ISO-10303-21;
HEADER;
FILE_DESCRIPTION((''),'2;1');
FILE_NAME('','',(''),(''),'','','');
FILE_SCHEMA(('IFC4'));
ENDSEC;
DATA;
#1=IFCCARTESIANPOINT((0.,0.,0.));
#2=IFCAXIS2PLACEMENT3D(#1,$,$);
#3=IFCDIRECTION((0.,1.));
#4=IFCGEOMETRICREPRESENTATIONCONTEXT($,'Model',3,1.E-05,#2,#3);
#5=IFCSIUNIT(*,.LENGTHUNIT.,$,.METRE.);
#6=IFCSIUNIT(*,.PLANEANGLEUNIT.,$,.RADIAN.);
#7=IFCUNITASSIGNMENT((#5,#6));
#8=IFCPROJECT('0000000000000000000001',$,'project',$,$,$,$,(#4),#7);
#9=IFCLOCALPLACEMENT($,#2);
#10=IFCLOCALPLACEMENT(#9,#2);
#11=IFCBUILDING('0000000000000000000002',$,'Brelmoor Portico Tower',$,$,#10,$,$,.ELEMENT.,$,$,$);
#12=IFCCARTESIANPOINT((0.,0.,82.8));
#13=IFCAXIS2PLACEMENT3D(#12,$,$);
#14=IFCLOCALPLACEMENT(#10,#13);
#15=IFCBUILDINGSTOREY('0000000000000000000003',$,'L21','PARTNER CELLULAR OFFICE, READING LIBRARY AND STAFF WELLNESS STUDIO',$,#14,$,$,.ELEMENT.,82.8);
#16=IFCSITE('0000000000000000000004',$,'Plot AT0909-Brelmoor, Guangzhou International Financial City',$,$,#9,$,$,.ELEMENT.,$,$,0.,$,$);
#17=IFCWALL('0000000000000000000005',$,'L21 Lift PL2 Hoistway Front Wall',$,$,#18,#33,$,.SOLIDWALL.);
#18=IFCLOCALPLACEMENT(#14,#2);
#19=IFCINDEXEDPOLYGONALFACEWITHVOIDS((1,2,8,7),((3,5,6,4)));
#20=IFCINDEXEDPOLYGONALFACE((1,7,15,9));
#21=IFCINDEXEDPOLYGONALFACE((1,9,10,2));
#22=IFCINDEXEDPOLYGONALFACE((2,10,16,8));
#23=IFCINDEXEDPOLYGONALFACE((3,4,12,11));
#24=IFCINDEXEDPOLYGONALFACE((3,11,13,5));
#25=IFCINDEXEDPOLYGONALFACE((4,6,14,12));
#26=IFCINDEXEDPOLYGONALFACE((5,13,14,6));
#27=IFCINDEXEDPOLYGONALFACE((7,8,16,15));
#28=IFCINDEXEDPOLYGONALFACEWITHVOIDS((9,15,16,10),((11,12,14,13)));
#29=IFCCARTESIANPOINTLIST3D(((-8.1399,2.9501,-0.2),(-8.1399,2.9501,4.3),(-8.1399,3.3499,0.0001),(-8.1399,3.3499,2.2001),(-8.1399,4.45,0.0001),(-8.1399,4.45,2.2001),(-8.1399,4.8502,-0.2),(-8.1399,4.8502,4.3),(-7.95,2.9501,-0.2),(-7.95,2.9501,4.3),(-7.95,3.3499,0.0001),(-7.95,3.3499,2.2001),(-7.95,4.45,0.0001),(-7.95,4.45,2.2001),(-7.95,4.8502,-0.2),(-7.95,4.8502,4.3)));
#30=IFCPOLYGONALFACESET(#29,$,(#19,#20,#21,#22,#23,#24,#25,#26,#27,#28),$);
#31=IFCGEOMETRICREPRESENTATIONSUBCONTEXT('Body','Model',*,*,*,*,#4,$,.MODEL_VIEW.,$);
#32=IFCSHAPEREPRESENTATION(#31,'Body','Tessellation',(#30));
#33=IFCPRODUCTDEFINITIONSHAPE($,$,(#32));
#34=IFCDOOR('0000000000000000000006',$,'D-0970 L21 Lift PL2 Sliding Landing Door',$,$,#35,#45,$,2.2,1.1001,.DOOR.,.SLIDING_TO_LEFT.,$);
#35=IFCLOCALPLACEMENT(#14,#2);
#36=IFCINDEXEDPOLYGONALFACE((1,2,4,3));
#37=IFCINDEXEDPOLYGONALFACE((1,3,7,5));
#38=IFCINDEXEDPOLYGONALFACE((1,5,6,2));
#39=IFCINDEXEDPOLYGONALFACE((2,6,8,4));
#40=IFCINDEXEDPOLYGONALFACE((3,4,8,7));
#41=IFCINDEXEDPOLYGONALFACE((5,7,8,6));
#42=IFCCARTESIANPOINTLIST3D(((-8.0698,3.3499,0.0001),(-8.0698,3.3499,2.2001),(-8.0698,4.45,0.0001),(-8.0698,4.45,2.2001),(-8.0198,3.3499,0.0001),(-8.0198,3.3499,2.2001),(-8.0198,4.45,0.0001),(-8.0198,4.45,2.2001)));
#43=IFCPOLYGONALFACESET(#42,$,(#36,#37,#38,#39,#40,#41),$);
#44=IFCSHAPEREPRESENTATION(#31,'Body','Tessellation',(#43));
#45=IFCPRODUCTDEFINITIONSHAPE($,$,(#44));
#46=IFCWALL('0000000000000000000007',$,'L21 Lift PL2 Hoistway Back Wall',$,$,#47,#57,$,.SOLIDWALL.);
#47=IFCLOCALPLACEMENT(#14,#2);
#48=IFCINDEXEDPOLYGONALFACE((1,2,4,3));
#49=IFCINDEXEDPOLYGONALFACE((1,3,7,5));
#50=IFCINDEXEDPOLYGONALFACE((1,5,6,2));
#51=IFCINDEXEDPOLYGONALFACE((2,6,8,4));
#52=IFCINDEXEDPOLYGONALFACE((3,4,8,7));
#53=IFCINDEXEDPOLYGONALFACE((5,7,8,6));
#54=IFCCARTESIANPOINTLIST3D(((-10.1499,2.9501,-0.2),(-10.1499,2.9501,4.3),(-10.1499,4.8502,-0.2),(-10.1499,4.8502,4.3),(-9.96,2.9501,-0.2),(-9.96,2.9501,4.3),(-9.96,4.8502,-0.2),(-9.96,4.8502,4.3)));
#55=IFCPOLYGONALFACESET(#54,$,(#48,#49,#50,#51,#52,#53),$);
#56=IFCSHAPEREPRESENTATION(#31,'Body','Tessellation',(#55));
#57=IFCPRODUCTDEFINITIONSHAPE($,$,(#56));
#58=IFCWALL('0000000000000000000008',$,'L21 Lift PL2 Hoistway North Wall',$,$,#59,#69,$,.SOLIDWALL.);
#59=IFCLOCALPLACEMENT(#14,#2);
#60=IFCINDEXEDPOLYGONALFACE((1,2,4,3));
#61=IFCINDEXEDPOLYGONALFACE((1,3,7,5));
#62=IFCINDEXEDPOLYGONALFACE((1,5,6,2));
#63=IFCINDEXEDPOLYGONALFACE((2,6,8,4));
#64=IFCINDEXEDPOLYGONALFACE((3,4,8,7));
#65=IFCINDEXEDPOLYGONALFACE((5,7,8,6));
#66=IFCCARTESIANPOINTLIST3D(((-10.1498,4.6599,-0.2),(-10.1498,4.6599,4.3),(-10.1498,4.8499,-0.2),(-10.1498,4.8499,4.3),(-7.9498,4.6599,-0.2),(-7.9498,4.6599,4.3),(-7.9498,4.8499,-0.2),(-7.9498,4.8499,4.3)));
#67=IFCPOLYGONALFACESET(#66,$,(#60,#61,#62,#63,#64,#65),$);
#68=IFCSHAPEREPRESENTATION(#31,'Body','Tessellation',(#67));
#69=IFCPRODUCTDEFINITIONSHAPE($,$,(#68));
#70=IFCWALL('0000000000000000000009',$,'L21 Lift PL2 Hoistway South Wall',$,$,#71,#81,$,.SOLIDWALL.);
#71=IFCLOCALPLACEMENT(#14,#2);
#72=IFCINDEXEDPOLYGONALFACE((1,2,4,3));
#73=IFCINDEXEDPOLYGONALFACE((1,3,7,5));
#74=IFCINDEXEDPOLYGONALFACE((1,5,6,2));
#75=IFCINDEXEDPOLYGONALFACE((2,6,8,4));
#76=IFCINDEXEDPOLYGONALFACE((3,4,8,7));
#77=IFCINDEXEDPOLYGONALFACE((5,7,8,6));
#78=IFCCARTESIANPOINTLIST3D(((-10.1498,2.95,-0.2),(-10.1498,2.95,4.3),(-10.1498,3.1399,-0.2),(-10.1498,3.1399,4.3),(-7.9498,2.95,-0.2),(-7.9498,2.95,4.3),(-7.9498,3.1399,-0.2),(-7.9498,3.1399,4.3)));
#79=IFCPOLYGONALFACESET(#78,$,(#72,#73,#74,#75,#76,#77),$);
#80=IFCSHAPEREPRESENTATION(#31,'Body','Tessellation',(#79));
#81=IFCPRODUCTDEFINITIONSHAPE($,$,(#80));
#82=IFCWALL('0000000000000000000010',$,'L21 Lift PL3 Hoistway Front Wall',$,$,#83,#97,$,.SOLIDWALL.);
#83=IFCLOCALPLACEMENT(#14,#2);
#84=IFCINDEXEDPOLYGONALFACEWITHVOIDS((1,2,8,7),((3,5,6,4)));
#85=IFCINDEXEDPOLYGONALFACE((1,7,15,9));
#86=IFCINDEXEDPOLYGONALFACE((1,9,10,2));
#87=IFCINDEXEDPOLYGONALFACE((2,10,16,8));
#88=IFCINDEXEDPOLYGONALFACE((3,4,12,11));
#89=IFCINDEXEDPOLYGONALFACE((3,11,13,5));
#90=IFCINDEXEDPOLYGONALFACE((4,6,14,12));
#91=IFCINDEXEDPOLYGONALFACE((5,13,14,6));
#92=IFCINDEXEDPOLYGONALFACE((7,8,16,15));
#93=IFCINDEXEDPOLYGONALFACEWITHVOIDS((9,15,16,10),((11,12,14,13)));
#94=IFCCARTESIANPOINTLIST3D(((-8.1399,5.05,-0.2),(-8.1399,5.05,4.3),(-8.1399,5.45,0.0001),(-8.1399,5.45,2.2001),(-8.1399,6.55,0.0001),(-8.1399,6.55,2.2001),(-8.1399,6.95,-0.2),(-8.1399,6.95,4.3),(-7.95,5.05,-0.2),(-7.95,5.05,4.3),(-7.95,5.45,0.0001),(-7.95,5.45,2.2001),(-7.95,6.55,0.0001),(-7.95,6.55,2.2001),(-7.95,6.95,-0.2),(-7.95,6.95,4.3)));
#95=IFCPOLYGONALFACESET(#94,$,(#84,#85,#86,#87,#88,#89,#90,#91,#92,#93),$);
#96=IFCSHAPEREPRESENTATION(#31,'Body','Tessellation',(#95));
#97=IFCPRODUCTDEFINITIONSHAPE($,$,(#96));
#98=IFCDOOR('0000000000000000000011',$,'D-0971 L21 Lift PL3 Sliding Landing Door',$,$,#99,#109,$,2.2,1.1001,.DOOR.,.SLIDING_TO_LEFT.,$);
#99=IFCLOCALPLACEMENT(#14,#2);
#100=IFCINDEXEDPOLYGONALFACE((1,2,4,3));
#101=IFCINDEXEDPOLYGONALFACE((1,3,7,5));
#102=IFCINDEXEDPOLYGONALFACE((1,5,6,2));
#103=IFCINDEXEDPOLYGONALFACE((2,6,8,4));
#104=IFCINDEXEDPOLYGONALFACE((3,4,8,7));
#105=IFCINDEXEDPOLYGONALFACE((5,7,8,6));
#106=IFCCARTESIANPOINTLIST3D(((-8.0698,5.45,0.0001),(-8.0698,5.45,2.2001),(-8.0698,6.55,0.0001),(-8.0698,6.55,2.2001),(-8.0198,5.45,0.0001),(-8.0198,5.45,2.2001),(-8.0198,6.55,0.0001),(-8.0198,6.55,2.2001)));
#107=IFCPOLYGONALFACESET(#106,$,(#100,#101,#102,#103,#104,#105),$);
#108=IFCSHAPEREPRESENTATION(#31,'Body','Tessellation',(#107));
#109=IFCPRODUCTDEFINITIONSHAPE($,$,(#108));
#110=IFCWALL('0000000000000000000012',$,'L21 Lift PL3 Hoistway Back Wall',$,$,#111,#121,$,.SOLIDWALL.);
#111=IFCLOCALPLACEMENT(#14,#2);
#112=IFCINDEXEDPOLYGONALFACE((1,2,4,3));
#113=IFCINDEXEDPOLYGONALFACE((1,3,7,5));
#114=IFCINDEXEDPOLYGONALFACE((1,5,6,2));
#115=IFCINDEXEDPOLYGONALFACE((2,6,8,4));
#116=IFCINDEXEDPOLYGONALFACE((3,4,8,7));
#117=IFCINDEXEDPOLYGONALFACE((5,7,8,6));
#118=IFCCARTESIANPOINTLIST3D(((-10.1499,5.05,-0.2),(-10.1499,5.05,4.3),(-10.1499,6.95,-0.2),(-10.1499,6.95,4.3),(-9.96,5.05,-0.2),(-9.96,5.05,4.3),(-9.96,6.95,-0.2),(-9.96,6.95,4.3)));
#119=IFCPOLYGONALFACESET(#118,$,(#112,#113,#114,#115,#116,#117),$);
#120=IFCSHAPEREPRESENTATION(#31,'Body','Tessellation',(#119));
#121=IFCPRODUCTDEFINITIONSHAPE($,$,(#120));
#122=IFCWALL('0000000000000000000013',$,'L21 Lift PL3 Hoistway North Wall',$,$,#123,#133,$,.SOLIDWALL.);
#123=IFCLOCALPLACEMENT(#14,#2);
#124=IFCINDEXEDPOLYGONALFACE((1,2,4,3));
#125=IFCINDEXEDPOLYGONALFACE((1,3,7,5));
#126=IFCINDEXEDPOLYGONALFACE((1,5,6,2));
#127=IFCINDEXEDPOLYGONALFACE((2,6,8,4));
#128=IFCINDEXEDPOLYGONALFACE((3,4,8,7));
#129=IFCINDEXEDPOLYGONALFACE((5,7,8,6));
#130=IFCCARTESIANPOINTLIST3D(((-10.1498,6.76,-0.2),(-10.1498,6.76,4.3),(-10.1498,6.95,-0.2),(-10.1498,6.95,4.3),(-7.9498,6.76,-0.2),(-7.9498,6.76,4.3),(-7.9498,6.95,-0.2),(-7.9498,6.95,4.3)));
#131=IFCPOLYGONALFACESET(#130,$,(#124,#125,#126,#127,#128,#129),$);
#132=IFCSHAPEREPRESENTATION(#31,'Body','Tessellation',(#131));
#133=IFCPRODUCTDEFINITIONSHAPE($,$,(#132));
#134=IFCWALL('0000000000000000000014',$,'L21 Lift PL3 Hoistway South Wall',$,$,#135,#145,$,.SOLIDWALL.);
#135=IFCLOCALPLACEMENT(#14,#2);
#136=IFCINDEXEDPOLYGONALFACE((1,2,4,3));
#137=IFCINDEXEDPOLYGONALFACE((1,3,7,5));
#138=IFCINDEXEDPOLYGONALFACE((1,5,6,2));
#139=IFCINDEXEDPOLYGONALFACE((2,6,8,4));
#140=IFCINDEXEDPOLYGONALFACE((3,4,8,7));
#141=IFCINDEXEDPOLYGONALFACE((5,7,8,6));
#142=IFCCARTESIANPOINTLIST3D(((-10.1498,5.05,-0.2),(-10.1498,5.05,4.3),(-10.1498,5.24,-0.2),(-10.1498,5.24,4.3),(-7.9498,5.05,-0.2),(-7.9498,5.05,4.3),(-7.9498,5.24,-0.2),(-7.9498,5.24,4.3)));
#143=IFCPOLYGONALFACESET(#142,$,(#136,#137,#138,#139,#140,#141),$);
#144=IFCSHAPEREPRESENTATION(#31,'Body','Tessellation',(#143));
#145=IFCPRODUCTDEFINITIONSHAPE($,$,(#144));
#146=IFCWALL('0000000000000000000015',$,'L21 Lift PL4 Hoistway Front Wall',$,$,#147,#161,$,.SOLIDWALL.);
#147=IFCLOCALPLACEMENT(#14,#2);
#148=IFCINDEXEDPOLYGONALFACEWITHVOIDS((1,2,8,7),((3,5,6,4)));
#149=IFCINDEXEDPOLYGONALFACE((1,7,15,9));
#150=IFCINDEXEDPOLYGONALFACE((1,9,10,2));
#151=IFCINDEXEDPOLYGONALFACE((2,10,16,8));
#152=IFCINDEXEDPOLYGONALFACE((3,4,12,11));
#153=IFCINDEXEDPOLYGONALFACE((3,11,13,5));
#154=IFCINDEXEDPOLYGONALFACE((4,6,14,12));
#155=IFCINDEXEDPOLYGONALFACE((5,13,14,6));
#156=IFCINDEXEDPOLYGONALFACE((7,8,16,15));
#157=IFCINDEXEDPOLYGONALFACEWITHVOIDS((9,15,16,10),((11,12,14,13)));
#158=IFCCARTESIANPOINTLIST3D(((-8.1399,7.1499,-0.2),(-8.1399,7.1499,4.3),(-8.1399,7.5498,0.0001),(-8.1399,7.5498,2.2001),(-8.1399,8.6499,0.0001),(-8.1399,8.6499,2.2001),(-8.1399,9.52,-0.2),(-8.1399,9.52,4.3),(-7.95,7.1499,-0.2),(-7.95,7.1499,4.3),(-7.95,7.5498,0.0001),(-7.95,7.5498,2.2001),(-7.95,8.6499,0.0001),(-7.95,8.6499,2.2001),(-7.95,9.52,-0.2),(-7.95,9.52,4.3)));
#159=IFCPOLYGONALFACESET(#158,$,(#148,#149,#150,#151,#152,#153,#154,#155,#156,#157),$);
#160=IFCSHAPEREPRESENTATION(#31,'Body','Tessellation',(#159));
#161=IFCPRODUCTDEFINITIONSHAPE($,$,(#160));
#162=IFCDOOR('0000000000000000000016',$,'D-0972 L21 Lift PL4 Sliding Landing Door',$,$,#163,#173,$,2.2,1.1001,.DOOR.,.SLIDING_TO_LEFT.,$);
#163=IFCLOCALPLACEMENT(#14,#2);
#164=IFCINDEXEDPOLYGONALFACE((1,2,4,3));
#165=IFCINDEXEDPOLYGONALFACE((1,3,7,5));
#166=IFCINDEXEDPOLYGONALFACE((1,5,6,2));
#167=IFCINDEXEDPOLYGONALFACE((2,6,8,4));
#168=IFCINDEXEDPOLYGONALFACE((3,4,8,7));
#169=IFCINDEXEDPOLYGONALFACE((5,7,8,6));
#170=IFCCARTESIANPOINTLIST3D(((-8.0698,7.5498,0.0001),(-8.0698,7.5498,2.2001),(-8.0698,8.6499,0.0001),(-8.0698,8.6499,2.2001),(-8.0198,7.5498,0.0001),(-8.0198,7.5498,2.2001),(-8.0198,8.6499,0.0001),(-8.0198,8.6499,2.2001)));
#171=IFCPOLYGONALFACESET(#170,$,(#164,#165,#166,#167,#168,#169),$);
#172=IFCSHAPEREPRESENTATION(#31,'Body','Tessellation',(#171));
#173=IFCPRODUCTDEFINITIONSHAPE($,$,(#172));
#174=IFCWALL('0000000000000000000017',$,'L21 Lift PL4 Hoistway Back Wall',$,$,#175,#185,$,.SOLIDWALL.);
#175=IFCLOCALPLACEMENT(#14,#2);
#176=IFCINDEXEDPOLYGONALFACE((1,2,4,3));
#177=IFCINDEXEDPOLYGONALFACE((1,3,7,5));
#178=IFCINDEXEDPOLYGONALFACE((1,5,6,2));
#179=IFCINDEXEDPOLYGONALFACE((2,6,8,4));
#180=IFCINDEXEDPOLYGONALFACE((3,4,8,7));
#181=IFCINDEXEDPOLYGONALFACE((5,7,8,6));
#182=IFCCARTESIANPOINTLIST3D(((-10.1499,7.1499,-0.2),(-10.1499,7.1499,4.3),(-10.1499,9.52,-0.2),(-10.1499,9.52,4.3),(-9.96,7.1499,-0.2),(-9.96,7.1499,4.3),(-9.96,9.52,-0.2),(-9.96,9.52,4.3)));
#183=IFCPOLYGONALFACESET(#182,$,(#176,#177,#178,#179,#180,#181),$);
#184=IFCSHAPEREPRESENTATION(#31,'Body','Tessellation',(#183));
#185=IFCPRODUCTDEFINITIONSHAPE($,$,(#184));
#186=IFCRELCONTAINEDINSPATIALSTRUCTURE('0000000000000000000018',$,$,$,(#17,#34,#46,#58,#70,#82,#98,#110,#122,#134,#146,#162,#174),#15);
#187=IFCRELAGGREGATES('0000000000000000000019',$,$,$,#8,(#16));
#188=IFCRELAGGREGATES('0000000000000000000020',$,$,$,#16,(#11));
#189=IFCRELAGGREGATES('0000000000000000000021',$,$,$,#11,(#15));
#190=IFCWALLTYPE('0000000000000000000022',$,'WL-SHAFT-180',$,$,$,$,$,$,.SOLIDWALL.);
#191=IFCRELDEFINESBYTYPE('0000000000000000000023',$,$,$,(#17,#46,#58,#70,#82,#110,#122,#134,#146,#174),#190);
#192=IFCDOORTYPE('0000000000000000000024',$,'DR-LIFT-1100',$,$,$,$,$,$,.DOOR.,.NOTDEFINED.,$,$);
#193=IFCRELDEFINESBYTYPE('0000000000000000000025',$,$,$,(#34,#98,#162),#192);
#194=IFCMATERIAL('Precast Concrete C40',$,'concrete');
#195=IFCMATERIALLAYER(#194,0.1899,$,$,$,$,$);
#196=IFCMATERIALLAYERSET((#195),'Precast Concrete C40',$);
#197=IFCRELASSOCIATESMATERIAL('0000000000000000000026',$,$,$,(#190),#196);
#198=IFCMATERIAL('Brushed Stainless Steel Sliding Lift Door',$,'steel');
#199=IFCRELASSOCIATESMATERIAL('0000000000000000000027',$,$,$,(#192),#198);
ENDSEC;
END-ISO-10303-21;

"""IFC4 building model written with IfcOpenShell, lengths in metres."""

from ifc_helpers import new_model, si_unit, direction, frame, frame_2d, origin, place, context, subcontext, project, spatial, rectangle, extrude, material, layer, layer_set, type_object, element, fill, save


model = new_model("IFC4")

# Units and contexts
model_context = context("Model", 3, precision=1e-05, world=origin(), true_north=direction((0.0, 1.0)))
body_context = subcontext(model_context, "Body", "Model", "MODEL_VIEW")
ifc_project = project(units=[si_unit("LENGTHUNIT", "METRE"), si_unit("PLANEANGLEUNIT", "RADIAN")], contexts=[model_context])

# Site, building, storey
site_placement = place(None, origin())
site = spatial("IfcSite", under=ifc_project, at=site_placement, Name="Plot AT0909-Brelmoor, Guangzhou International Financial City", CompositionType="ELEMENT", RefElevation=0.0)
building_placement = place(site_placement, origin())
building = spatial("IfcBuilding", under=site, at=building_placement, Name="Brelmoor Portico Tower", CompositionType="ELEMENT")
storey_placement = place(building_placement, frame((0.0, 0.0, 82.8)))
storey = spatial("IfcBuildingStorey", under=building, at=storey_placement, Name="L21", Description="PARTNER CELLULAR OFFICE, READING LIBRARY AND STAFF WELLNESS STUDIO", CompositionType="ELEMENT", Elevation=82.8)

# Shared definitions
ifc_material_1 = material(Name="Precast Concrete C40", Category="concrete")
ifc_layer_1 = layer(ifc_material_1, 0.1899)
ifc_layer_set_1 = layer_set([ifc_layer_1], Name="Precast Concrete C40")
wall_type_1 = type_object("IfcWallType", Name="WL-SHAFT-180", PredefinedType="SOLIDWALL", material=ifc_layer_set_1)
ifc_material_2 = material(Name="Brushed Stainless Steel Sliding Lift Door", Category="steel")
door_type = type_object("IfcDoorType", Name="DR-LIFT-1100", OperationType="NOTDEFINED", PredefinedType="DOOR", material=ifc_material_2)

# Wall, opening, door
wall_1_placement = place(storey_placement, frame((-8.0449, 2.95, -0.2), z_axis=(0.0, 0.0, 1.0), x_axis=(0.0, 1.0, 0.0)))
wall_1 = element("IfcWall", 1, at=wall_1_placement, inside=storey, type_object=wall_type_1, Name="L21 Lift PL2 Hoistway Front Wall", PredefinedType="SOLIDWALL", context=body_context, shape_type="SweptSolid", body=[
    extrude(rectangle(XDim=1.9001, YDim=0.1899, at=frame_2d((0.9502, 0.0))), origin(), (0.0, 0.0, 1.0), 4.5),
])
opening_1_placement = place(wall_1_placement, frame((0.3999, 0.0, 0.2)))
opening_1 = element("IfcOpeningElement", 2, at=opening_1_placement, cuts=wall_1, PredefinedType="OPENING", context=body_context, shape_type="SweptSolid", body=[
    extrude(rectangle(XDim=1.1001, YDim=2.2, at=frame_2d((0.55, 1.1001))), frame((0.0, 0.105, 0.0), z_axis=(0.0, -1.0, 0.0), x_axis=(1.0, 0.0, 0.0)), (0.0, 0.0, 1.0), 0.21),
])
door_1_placement = place(opening_1_placement, origin())
door_1 = element("IfcDoor", 3, at=door_1_placement, inside=storey, type_object=door_type, Name="D-0970 L21 Lift PL2 Sliding Landing Door", OperationType="SLIDING_TO_LEFT", OverallHeight=2.2, OverallWidth=1.1001, PredefinedType="DOOR", context=body_context, shape_type="SweptSolid", body=[
    extrude(rectangle(XDim=1.1001, YDim=2.2, at=frame_2d((0.55, 1.1001))), frame((0.0, 0.0249, 0.0), z_axis=(0.0, -1.0, 0.0), x_axis=(1.0, 0.0, 0.0)), (0.0, 0.0, 1.0), 0.05),
])
fill(opening_1, door_1)

# Walls
wall_2_placement = place(storey_placement, frame((-10.0549, 2.95, -0.2), z_axis=(0.0, 0.0, 1.0), x_axis=(0.0, 1.0, 0.0)))
element("IfcWall", 4, at=wall_2_placement, inside=storey, type_object=wall_type_1, Name="L21 Lift PL2 Hoistway Back Wall", PredefinedType="SOLIDWALL", context=body_context, shape_type="SweptSolid", body=[
    extrude(rectangle(XDim=1.9001, YDim=0.1899, at=frame_2d((0.9502, 0.0))), origin(), (0.0, 0.0, 1.0), 4.5),
])
for number, where, z_axis, x_axis, name in (
    (5, (-10.1499, 4.7549, -0.2), (0.0, 0.0, 1.0), (1.0, 0.0, 0.0), "L21 Lift PL2 Hoistway North Wall"),
    (6, (-10.1499, 3.0449, -0.2), (0.0, 0.0, 1.0), (1.0, 0.0, 0.0), "L21 Lift PL2 Hoistway South Wall"),
):
    element("IfcWall", number, at=place(storey_placement, frame(where, z_axis=z_axis, x_axis=x_axis)), inside=storey, type_object=wall_type_1, Name=name, PredefinedType="SOLIDWALL", context=body_context, shape_type="SweptSolid", body=[
        extrude(rectangle(XDim=2.2, YDim=0.1899, at=frame_2d((1.1001, 0.0))), origin(), (0.0, 0.0, 1.0), 4.5),
    ])

# Wall, opening, door
wall_3_placement = place(storey_placement, frame((-8.0449, 5.05, -0.2), z_axis=(0.0, 0.0, 1.0), x_axis=(0.0, 1.0, 0.0)))
wall_3 = element("IfcWall", 7, at=wall_3_placement, inside=storey, type_object=wall_type_1, Name="L21 Lift PL3 Hoistway Front Wall", PredefinedType="SOLIDWALL", context=body_context, shape_type="SweptSolid", body=[
    extrude(rectangle(XDim=1.8999, YDim=0.1899, at=frame_2d((0.95, 0.0))), origin(), (0.0, 0.0, 1.0), 4.5),
])
opening_2_placement = place(wall_3_placement, frame((0.3999, 0.0, 0.2)))
opening_2 = element("IfcOpeningElement", 8, at=opening_2_placement, cuts=wall_3, PredefinedType="OPENING", context=body_context, shape_type="SweptSolid", body=[
    extrude(rectangle(XDim=1.1001, YDim=2.2, at=frame_2d((0.55, 1.1001))), frame((0.0, 0.105, 0.0), z_axis=(0.0, -1.0, 0.0), x_axis=(1.0, 0.0, 0.0)), (0.0, 0.0, 1.0), 0.21),
])
door_2_placement = place(opening_2_placement, origin())
door_2 = element("IfcDoor", 9, at=door_2_placement, inside=storey, type_object=door_type, Name="D-0971 L21 Lift PL3 Sliding Landing Door", OperationType="SLIDING_TO_LEFT", OverallHeight=2.2, OverallWidth=1.1001, PredefinedType="DOOR", context=body_context, shape_type="SweptSolid", body=[
    extrude(rectangle(XDim=1.1001, YDim=2.2, at=frame_2d((0.55, 1.1001))), frame((0.0, 0.0249, 0.0), z_axis=(0.0, -1.0, 0.0), x_axis=(1.0, 0.0, 0.0)), (0.0, 0.0, 1.0), 0.05),
])
fill(opening_2, door_2)

# Walls
wall_4_placement = place(storey_placement, frame((-10.0549, 5.05, -0.2), z_axis=(0.0, 0.0, 1.0), x_axis=(0.0, 1.0, 0.0)))
element("IfcWall", 10, at=wall_4_placement, inside=storey, type_object=wall_type_1, Name="L21 Lift PL3 Hoistway Back Wall", PredefinedType="SOLIDWALL", context=body_context, shape_type="SweptSolid", body=[
    extrude(rectangle(XDim=1.8999, YDim=0.1899, at=frame_2d((0.95, 0.0))), origin(), (0.0, 0.0, 1.0), 4.5),
])
for number, where, z_axis, x_axis, name in (
    (11, (-10.1499, 6.855, -0.2), (0.0, 0.0, 1.0), (1.0, 0.0, 0.0), "L21 Lift PL3 Hoistway North Wall"),
    (12, (-10.1499, 5.145, -0.2), (0.0, 0.0, 1.0), (1.0, 0.0, 0.0), "L21 Lift PL3 Hoistway South Wall"),
):
    element("IfcWall", number, at=place(storey_placement, frame(where, z_axis=z_axis, x_axis=x_axis)), inside=storey, type_object=wall_type_1, Name=name, PredefinedType="SOLIDWALL", context=body_context, shape_type="SweptSolid", body=[
        extrude(rectangle(XDim=2.2, YDim=0.1899, at=frame_2d((1.1001, 0.0))), origin(), (0.0, 0.0, 1.0), 4.5),
    ])

# Wall, opening, door
wall_5_placement = place(storey_placement, frame((-8.0449, 7.1499, -0.2), z_axis=(0.0, 0.0, 1.0), x_axis=(0.0, 1.0, 0.0)))
wall_5 = element("IfcWall", 13, at=wall_5_placement, inside=storey, type_object=wall_type_1, Name="L21 Lift PL4 Hoistway Front Wall", PredefinedType="SOLIDWALL", context=body_context, shape_type="SweptSolid", body=[
    extrude(rectangle(XDim=2.3701, YDim=0.1899, at=frame_2d((1.1851, 0.0))), origin(), (0.0, 0.0, 1.0), 4.5),
])
opening_3_placement = place(wall_5_placement, frame((0.3999, 0.0, 0.2)))
opening_3 = element("IfcOpeningElement", 14, at=opening_3_placement, cuts=wall_5, PredefinedType="OPENING", context=body_context, shape_type="SweptSolid", body=[
    extrude(rectangle(XDim=1.1001, YDim=2.2, at=frame_2d((0.55, 1.1001))), frame((0.0, 0.105, 0.0), z_axis=(0.0, -1.0, 0.0), x_axis=(1.0, 0.0, 0.0)), (0.0, 0.0, 1.0), 0.21),
])
door_3_placement = place(opening_3_placement, origin())
door_3 = element("IfcDoor", 15, at=door_3_placement, inside=storey, type_object=door_type, Name="D-0972 L21 Lift PL4 Sliding Landing Door", OperationType="SLIDING_TO_LEFT", OverallHeight=2.2, OverallWidth=1.1001, PredefinedType="DOOR", context=body_context, shape_type="SweptSolid", body=[
    extrude(rectangle(XDim=1.1001, YDim=2.2, at=frame_2d((0.55, 1.1001))), frame((0.0, 0.0249, 0.0), z_axis=(0.0, -1.0, 0.0), x_axis=(1.0, 0.0, 0.0)), (0.0, 0.0, 1.0), 0.05),
])
fill(opening_3, door_3)

# Wall
wall_6_placement = place(storey_placement, frame((-10.0549, 7.1499, -0.2), z_axis=(0.0, 0.0, 1.0), x_axis=(0.0, 1.0, 0.0)))
element("IfcWall", 16, at=wall_6_placement, inside=storey, type_object=wall_type_1, Name="L21 Lift PL4 Hoistway Back Wall", PredefinedType="SOLIDWALL", context=body_context, shape_type="SweptSolid", body=[
    extrude(rectangle(XDim=2.3701, YDim=0.1899, at=frame_2d((1.1851, 0.0))), origin(), (0.0, 0.0, 1.0), 4.5),
])

save(model, "model.ifc")
